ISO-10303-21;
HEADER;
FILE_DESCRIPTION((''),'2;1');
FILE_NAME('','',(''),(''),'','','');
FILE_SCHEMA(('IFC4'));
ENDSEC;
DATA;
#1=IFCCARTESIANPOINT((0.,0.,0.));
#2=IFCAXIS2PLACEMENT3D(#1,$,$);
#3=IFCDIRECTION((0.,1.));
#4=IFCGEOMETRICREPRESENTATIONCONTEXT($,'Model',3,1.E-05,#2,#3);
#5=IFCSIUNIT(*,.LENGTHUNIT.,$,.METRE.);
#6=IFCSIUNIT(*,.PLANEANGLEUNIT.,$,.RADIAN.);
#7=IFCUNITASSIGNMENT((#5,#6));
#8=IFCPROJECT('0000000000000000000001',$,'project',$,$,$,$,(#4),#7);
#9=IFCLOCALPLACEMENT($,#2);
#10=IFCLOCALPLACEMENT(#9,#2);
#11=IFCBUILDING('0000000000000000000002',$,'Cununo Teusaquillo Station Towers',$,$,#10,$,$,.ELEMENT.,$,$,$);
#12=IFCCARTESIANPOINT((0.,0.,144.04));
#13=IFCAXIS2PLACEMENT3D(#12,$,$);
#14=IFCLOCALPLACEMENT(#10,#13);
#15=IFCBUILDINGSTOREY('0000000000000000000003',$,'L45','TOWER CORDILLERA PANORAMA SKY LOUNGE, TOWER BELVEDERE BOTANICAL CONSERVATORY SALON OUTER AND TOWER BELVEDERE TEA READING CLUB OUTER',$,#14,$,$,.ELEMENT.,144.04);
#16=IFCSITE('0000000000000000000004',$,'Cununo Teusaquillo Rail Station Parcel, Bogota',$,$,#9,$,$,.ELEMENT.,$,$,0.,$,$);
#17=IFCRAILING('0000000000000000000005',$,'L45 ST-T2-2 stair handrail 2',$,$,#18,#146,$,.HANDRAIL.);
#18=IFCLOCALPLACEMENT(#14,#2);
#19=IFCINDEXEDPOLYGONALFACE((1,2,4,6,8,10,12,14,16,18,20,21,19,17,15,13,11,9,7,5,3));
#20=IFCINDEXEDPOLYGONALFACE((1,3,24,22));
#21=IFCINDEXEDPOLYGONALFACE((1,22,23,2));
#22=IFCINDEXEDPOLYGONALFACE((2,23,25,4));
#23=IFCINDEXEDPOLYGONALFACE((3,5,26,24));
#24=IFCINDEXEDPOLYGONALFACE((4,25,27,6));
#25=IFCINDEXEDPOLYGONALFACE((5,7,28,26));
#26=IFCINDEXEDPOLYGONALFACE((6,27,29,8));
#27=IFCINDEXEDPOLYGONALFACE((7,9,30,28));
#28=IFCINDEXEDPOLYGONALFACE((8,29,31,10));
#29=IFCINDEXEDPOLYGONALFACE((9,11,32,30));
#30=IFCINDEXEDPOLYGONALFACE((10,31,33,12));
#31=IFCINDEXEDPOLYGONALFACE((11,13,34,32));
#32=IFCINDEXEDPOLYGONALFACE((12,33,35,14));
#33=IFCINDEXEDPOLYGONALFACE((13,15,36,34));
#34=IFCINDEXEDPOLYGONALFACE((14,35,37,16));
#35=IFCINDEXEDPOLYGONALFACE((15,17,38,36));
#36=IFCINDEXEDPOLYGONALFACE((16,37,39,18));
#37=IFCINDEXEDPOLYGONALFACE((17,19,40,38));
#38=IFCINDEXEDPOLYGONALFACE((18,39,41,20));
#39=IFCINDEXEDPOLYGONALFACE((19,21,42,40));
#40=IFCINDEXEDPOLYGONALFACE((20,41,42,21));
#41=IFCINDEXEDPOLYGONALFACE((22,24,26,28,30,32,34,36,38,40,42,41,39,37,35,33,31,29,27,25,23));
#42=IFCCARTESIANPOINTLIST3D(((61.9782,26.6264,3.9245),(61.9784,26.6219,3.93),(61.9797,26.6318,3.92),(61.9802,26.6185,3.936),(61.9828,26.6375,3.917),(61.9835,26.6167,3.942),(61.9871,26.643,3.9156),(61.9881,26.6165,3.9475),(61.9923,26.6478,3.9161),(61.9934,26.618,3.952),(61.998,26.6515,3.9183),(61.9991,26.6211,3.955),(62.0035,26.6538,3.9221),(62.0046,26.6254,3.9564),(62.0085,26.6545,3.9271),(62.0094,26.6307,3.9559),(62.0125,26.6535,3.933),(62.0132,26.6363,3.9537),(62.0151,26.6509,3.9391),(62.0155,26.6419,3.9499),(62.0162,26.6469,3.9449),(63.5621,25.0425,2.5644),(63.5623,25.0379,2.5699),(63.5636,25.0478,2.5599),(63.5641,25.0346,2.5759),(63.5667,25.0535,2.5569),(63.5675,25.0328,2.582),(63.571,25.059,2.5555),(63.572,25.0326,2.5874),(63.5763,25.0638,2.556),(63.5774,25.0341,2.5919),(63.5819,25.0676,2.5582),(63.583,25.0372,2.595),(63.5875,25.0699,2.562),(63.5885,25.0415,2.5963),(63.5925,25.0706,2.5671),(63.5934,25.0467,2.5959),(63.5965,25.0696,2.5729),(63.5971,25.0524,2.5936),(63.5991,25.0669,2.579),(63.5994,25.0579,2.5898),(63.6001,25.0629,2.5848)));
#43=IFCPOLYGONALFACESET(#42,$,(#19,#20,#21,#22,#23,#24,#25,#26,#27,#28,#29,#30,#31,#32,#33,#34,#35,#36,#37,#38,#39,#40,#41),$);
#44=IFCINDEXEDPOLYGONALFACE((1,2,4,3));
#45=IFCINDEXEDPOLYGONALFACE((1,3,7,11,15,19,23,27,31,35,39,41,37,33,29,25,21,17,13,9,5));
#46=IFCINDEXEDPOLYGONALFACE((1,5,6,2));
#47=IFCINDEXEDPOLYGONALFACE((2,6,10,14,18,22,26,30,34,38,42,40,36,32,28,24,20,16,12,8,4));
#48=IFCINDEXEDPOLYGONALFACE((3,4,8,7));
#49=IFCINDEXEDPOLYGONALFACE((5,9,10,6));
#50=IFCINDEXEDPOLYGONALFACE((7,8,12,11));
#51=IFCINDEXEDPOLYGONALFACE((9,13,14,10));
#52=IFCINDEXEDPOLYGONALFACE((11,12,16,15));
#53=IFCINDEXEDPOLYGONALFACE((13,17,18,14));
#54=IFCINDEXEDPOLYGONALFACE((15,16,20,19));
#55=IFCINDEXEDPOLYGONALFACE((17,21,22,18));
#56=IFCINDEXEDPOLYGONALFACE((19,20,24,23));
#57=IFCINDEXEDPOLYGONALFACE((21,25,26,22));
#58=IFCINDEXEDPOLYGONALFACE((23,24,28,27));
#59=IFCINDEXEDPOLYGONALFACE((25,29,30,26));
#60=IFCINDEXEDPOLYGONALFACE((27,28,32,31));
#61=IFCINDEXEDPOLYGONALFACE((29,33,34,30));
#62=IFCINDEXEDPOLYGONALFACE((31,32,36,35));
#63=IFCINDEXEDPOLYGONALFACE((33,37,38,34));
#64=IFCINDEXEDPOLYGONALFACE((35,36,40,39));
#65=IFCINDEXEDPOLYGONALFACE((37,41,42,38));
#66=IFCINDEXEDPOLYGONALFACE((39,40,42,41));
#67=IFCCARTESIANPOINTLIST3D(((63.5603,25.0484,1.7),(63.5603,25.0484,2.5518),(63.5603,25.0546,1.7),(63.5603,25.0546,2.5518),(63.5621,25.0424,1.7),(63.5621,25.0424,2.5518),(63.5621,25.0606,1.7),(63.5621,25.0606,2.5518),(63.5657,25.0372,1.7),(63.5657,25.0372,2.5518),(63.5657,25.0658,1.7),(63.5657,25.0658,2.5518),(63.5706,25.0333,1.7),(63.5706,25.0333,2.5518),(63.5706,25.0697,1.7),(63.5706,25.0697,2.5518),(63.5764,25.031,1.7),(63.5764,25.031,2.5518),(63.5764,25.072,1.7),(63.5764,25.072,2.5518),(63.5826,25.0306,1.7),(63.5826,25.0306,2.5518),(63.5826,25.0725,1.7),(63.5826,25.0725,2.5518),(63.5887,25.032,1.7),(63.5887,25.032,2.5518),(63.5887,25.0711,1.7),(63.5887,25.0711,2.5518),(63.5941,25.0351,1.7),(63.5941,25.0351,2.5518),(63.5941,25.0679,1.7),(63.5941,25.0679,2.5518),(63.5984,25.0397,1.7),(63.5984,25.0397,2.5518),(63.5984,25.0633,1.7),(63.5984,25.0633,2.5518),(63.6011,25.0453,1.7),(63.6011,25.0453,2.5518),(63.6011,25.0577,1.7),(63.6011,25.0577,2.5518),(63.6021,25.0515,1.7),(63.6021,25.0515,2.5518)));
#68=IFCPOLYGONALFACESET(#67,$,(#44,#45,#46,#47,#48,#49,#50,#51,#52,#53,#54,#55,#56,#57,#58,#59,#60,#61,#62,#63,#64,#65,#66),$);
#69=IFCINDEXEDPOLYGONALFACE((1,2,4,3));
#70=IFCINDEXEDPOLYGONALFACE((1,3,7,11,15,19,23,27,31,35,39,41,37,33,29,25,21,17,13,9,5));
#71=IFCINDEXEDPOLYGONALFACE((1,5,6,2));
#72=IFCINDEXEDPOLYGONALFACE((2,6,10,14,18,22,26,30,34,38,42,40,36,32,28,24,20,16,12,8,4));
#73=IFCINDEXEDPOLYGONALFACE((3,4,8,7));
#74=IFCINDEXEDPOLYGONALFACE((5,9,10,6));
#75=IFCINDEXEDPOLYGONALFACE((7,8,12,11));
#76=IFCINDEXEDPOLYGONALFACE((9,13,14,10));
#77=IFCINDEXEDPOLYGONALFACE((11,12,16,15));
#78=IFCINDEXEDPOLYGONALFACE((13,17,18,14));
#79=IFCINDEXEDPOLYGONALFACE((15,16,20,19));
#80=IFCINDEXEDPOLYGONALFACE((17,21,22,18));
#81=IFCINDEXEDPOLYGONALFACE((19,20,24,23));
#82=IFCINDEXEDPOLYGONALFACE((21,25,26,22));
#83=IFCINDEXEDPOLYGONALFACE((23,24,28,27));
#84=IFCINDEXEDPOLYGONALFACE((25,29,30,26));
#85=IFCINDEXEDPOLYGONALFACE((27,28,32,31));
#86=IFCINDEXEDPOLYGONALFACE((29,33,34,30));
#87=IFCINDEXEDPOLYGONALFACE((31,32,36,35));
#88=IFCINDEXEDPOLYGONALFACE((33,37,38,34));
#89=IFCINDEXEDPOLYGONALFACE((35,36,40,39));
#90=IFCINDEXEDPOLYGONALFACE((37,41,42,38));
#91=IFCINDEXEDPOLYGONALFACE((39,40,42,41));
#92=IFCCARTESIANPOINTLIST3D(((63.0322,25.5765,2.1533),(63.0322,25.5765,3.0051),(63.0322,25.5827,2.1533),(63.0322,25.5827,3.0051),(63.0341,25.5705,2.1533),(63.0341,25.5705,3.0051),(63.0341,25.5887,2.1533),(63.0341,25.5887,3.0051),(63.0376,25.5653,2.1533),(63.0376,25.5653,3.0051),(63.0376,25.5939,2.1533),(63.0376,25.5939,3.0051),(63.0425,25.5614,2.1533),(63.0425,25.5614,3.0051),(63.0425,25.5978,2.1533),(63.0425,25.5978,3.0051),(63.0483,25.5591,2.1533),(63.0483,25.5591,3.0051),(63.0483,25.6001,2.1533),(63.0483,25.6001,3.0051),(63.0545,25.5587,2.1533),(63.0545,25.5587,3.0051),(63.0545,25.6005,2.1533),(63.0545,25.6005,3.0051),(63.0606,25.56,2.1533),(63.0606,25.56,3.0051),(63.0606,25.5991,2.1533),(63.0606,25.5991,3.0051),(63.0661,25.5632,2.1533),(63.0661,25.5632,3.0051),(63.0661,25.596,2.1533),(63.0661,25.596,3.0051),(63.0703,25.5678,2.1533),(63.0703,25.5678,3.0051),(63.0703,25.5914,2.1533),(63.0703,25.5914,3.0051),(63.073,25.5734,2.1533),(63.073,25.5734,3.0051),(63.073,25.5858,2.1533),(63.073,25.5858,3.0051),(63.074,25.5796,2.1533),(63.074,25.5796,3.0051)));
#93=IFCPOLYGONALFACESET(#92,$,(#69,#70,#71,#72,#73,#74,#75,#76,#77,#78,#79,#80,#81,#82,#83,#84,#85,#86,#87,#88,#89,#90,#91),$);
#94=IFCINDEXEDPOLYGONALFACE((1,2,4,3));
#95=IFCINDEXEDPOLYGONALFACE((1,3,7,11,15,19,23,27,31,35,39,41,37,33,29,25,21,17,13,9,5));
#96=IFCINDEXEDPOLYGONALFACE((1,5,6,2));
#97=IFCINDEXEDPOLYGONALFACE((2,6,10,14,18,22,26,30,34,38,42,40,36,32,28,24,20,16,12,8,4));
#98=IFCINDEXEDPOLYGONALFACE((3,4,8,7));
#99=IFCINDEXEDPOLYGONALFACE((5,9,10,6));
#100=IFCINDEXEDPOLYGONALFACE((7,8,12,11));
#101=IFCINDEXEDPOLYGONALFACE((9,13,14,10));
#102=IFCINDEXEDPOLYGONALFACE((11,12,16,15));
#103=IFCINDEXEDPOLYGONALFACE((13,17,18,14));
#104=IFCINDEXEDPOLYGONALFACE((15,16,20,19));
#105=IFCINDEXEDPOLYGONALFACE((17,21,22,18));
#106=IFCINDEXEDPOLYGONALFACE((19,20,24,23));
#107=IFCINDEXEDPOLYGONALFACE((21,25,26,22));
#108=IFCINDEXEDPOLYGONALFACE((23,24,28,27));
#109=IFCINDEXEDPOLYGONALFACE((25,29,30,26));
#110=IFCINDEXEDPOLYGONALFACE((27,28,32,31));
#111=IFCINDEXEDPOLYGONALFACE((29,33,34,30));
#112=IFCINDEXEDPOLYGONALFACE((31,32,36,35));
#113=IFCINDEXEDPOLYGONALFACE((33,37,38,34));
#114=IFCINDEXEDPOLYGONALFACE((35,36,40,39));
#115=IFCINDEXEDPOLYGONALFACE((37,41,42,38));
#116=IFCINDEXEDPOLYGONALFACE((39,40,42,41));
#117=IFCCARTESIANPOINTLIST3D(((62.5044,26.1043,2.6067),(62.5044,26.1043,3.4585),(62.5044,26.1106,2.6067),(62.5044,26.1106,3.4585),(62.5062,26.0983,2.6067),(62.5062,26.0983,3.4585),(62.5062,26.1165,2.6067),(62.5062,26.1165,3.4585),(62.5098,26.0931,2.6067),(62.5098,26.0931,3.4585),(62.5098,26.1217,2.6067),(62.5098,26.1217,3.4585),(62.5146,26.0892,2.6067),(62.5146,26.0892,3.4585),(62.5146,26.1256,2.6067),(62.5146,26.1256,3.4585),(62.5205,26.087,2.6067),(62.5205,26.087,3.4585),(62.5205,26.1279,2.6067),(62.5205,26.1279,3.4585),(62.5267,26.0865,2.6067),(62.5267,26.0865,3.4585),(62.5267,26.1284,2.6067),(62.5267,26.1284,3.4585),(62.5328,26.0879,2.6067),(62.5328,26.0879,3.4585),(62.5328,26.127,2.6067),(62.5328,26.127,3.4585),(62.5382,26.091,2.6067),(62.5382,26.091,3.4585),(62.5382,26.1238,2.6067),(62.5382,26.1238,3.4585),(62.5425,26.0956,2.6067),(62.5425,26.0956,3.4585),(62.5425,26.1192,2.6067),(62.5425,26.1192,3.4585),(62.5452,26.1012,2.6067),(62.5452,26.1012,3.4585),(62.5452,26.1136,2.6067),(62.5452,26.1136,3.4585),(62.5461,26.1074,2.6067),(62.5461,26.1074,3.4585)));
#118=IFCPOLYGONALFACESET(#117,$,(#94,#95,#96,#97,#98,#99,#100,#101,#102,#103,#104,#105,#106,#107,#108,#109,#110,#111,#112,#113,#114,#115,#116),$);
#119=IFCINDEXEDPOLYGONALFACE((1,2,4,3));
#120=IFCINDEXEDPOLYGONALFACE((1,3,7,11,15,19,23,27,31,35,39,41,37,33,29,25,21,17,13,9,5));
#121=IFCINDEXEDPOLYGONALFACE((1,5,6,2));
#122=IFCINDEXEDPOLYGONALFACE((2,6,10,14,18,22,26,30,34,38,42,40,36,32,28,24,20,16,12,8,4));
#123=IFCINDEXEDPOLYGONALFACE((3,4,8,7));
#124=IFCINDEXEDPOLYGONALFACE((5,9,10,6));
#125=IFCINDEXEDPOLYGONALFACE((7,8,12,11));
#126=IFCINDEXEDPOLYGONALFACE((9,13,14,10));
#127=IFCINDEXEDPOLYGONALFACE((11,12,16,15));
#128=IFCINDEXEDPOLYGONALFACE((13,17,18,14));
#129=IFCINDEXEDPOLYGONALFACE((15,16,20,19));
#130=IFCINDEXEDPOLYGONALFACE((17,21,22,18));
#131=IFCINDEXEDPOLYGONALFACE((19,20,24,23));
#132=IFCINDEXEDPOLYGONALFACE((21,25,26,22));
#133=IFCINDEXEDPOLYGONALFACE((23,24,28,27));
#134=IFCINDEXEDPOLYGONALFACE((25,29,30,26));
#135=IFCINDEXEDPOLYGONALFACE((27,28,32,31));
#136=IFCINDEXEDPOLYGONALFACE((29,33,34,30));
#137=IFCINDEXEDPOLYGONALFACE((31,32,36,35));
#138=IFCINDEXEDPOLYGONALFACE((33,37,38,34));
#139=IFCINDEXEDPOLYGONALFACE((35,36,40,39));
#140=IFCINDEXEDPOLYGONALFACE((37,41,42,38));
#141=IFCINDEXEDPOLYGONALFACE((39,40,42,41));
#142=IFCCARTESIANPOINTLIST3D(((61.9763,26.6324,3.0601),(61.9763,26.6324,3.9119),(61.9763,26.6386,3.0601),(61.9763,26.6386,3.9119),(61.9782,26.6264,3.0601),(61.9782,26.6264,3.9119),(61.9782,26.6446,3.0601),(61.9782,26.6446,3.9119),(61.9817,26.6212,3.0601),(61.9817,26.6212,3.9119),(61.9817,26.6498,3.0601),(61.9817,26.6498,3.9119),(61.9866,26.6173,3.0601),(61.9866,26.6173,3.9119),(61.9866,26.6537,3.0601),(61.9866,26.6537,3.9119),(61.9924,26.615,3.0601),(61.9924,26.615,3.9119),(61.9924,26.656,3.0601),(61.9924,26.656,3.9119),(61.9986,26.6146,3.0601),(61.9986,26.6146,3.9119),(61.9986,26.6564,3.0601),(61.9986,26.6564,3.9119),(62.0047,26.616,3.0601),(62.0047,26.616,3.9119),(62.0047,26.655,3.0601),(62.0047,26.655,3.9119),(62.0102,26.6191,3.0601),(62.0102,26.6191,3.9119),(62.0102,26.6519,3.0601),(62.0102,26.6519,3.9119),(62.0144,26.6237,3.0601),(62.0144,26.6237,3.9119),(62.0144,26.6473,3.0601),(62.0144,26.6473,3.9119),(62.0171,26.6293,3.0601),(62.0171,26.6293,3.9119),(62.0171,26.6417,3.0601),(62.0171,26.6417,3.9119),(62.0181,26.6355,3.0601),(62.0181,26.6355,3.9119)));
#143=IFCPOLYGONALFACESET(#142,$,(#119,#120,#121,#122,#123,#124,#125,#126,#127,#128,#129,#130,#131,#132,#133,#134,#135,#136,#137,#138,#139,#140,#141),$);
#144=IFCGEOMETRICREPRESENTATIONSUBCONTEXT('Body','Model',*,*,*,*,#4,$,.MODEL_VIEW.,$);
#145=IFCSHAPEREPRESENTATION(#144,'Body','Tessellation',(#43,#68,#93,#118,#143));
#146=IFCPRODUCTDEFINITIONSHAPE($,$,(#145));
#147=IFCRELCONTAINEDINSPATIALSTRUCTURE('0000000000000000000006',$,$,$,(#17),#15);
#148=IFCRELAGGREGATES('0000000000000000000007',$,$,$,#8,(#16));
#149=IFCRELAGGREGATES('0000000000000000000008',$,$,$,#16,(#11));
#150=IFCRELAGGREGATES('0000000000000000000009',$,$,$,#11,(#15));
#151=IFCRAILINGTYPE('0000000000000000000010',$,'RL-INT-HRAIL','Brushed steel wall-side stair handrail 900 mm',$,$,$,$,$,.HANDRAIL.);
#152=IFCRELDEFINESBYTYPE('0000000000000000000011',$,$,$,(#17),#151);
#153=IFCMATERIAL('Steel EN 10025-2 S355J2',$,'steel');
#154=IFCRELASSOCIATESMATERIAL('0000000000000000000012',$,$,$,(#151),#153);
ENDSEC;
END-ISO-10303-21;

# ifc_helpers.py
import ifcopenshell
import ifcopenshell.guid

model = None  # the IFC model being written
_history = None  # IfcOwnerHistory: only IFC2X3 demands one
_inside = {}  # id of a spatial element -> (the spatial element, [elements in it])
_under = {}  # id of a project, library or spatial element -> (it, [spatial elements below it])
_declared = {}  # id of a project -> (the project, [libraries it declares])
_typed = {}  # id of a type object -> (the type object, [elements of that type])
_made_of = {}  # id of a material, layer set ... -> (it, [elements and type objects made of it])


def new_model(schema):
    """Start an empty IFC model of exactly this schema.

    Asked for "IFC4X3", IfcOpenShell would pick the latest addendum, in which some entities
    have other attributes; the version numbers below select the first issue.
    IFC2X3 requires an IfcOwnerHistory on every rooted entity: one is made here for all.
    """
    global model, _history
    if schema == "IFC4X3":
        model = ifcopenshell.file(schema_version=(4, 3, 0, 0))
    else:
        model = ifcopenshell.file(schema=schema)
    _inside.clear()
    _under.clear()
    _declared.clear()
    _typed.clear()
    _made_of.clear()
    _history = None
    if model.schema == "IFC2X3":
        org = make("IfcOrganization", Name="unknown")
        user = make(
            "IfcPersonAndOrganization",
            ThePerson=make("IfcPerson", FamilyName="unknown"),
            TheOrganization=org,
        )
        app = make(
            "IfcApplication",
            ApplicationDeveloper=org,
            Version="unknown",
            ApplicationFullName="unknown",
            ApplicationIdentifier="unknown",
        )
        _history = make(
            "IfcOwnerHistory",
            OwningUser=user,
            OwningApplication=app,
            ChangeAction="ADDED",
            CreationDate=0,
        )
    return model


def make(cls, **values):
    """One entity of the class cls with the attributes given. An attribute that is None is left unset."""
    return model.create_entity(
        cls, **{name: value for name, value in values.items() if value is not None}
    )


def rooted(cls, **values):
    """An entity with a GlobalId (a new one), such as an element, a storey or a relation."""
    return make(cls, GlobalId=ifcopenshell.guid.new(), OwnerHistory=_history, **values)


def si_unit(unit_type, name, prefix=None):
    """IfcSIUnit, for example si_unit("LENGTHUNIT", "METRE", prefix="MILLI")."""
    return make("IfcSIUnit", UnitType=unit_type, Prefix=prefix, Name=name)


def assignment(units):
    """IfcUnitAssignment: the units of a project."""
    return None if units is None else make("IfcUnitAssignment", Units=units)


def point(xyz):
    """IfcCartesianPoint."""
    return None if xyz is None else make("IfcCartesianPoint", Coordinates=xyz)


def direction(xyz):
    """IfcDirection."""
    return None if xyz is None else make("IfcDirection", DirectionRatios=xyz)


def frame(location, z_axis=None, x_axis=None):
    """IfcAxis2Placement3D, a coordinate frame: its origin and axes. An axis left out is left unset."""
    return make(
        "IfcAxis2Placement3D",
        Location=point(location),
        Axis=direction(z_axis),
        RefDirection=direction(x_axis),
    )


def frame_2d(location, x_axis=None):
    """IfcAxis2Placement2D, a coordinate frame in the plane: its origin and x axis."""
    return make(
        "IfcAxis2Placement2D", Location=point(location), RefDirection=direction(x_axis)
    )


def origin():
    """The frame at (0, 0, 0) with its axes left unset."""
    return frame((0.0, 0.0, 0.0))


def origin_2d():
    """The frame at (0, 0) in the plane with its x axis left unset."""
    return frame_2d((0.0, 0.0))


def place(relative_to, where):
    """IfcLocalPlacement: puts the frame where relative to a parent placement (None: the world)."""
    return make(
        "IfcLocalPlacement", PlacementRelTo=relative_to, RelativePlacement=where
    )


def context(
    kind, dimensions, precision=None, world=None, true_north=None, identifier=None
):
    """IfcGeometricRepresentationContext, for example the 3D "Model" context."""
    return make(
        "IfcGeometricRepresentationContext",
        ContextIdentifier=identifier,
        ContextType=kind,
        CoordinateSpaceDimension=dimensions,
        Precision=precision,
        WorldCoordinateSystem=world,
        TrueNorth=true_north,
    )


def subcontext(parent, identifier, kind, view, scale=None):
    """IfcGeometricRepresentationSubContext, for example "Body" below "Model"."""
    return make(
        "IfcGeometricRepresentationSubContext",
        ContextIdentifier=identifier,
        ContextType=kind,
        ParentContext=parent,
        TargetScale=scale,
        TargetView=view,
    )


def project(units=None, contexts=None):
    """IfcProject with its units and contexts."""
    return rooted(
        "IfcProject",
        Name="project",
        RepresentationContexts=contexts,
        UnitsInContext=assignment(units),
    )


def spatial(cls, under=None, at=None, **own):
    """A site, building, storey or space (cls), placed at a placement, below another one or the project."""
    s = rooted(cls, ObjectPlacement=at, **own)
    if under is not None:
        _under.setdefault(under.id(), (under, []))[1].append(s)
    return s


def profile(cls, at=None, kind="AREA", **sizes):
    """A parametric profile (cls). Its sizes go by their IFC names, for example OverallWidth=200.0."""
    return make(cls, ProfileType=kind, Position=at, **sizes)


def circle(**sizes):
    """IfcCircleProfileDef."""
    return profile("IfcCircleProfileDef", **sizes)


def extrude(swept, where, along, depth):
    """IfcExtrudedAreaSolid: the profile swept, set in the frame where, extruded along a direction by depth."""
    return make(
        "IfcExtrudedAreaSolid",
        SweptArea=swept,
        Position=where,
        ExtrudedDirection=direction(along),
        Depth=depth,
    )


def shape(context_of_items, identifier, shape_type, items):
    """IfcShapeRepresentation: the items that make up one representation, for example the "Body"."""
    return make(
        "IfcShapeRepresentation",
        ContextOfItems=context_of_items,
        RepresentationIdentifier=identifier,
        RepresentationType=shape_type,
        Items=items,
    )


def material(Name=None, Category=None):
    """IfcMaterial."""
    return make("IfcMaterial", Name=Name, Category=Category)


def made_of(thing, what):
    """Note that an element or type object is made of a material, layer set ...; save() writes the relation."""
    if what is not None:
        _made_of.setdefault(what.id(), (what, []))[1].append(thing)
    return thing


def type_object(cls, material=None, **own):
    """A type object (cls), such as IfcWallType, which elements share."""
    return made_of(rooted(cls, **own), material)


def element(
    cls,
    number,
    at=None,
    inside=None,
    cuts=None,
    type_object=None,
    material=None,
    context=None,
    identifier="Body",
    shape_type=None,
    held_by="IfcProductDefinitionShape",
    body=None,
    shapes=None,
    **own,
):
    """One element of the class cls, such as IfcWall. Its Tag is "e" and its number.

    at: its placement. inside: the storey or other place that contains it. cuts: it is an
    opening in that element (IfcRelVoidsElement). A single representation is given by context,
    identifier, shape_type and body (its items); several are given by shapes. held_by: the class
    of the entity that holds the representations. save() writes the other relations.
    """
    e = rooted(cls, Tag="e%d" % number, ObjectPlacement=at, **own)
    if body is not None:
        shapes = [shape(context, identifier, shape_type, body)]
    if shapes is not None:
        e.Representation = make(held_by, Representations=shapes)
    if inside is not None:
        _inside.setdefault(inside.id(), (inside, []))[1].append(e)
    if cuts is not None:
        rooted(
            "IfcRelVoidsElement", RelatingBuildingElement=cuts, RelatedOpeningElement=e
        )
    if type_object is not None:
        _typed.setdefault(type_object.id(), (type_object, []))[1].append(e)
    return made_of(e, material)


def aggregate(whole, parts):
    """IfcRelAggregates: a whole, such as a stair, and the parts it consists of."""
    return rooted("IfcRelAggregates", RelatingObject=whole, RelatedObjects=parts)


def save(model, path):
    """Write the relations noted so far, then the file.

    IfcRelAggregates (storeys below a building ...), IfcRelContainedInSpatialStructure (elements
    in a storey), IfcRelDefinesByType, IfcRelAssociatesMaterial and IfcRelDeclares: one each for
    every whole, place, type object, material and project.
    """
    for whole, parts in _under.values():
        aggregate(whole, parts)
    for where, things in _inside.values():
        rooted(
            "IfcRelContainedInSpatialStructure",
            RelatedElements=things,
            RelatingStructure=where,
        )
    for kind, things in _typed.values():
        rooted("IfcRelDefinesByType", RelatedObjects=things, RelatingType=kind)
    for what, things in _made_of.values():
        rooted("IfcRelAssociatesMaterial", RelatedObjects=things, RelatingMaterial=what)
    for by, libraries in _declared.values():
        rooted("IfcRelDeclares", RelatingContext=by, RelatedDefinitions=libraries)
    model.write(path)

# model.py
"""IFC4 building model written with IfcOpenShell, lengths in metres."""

from ifc_helpers import new_model, si_unit, direction, frame, origin, origin_2d, place, context, subcontext, project, spatial, circle, extrude, material, type_object, element, save


model = new_model("IFC4")

# Units and contexts
model_context = context("Model", 3, precision=1e-05, world=origin(), true_north=direction((0.0, 1.0)))
body_context = subcontext(model_context, "Body", "Model", "MODEL_VIEW")
ifc_project = project(units=[si_unit("LENGTHUNIT", "METRE"), si_unit("PLANEANGLEUNIT", "RADIAN")], contexts=[model_context])

# Site, building, storey
site_placement = place(None, origin())
site = spatial("IfcSite", under=ifc_project, at=site_placement, Name="Cununo Teusaquillo Rail Station Parcel, Bogota", CompositionType="ELEMENT", RefElevation=0.0)
building_placement = place(site_placement, origin())
building = spatial("IfcBuilding", under=site, at=building_placement, Name="Cununo Teusaquillo Station Towers", CompositionType="ELEMENT")
storey_placement = place(building_placement, frame((0.0, 0.0, 144.04)))
storey = spatial("IfcBuildingStorey", under=building, at=storey_placement, Name="L45", Description="TOWER CORDILLERA PANORAMA SKY LOUNGE, TOWER BELVEDERE BOTANICAL CONSERVATORY SALON OUTER AND TOWER BELVEDERE TEA READING CLUB OUTER", CompositionType="ELEMENT", Elevation=144.04)

# Railing
ifc_material_1 = material(Name="Steel EN 10025-2 S355J2", Category="steel")
railing_type_1 = type_object("IfcRailingType", Name="RL-INT-HRAIL", Description="Brushed steel wall-side stair handrail 900 mm", PredefinedType="HANDRAIL", material=ifc_material_1)
railing_1_placement = place(storey_placement, frame((63.5811, 25.0515, 1.7)))
element("IfcRailing", 1, at=railing_1_placement, inside=storey, type_object=railing_type_1, Name="L45 ST-T2-2 stair handrail 2", PredefinedType="HANDRAIL", context=body_context, shape_type="SweptSolid", body=[
    extrude(circle(Radius=0.0239, at=origin_2d()), frame((0.0, 0.0, 0.876), z_axis=(-0.60442, 0.60442, 0.518992), x_axis=(-0.707107, -0.707107, 0.0)), (0.0, 0.0, 1.0), 2.6206),
    extrude(circle(Radius=0.021, at=origin_2d()), origin(), (0.0, 0.0, 1.0), 0.8518),
    extrude(circle(Radius=0.021, at=origin_2d()), frame((-0.5281, 0.5281, 0.4534)), (0.0, 0.0, 1.0), 0.8518),
    extrude(circle(Radius=0.021, at=origin_2d()), frame((-1.0559, 1.0559, 0.9067)), (0.0, 0.0, 1.0), 0.8518),
    extrude(circle(Radius=0.021, at=origin_2d()), frame((-1.584, 1.584, 1.3601)), (0.0, 0.0, 1.0), 0.8518),
])

save(model, "model.ifc")
